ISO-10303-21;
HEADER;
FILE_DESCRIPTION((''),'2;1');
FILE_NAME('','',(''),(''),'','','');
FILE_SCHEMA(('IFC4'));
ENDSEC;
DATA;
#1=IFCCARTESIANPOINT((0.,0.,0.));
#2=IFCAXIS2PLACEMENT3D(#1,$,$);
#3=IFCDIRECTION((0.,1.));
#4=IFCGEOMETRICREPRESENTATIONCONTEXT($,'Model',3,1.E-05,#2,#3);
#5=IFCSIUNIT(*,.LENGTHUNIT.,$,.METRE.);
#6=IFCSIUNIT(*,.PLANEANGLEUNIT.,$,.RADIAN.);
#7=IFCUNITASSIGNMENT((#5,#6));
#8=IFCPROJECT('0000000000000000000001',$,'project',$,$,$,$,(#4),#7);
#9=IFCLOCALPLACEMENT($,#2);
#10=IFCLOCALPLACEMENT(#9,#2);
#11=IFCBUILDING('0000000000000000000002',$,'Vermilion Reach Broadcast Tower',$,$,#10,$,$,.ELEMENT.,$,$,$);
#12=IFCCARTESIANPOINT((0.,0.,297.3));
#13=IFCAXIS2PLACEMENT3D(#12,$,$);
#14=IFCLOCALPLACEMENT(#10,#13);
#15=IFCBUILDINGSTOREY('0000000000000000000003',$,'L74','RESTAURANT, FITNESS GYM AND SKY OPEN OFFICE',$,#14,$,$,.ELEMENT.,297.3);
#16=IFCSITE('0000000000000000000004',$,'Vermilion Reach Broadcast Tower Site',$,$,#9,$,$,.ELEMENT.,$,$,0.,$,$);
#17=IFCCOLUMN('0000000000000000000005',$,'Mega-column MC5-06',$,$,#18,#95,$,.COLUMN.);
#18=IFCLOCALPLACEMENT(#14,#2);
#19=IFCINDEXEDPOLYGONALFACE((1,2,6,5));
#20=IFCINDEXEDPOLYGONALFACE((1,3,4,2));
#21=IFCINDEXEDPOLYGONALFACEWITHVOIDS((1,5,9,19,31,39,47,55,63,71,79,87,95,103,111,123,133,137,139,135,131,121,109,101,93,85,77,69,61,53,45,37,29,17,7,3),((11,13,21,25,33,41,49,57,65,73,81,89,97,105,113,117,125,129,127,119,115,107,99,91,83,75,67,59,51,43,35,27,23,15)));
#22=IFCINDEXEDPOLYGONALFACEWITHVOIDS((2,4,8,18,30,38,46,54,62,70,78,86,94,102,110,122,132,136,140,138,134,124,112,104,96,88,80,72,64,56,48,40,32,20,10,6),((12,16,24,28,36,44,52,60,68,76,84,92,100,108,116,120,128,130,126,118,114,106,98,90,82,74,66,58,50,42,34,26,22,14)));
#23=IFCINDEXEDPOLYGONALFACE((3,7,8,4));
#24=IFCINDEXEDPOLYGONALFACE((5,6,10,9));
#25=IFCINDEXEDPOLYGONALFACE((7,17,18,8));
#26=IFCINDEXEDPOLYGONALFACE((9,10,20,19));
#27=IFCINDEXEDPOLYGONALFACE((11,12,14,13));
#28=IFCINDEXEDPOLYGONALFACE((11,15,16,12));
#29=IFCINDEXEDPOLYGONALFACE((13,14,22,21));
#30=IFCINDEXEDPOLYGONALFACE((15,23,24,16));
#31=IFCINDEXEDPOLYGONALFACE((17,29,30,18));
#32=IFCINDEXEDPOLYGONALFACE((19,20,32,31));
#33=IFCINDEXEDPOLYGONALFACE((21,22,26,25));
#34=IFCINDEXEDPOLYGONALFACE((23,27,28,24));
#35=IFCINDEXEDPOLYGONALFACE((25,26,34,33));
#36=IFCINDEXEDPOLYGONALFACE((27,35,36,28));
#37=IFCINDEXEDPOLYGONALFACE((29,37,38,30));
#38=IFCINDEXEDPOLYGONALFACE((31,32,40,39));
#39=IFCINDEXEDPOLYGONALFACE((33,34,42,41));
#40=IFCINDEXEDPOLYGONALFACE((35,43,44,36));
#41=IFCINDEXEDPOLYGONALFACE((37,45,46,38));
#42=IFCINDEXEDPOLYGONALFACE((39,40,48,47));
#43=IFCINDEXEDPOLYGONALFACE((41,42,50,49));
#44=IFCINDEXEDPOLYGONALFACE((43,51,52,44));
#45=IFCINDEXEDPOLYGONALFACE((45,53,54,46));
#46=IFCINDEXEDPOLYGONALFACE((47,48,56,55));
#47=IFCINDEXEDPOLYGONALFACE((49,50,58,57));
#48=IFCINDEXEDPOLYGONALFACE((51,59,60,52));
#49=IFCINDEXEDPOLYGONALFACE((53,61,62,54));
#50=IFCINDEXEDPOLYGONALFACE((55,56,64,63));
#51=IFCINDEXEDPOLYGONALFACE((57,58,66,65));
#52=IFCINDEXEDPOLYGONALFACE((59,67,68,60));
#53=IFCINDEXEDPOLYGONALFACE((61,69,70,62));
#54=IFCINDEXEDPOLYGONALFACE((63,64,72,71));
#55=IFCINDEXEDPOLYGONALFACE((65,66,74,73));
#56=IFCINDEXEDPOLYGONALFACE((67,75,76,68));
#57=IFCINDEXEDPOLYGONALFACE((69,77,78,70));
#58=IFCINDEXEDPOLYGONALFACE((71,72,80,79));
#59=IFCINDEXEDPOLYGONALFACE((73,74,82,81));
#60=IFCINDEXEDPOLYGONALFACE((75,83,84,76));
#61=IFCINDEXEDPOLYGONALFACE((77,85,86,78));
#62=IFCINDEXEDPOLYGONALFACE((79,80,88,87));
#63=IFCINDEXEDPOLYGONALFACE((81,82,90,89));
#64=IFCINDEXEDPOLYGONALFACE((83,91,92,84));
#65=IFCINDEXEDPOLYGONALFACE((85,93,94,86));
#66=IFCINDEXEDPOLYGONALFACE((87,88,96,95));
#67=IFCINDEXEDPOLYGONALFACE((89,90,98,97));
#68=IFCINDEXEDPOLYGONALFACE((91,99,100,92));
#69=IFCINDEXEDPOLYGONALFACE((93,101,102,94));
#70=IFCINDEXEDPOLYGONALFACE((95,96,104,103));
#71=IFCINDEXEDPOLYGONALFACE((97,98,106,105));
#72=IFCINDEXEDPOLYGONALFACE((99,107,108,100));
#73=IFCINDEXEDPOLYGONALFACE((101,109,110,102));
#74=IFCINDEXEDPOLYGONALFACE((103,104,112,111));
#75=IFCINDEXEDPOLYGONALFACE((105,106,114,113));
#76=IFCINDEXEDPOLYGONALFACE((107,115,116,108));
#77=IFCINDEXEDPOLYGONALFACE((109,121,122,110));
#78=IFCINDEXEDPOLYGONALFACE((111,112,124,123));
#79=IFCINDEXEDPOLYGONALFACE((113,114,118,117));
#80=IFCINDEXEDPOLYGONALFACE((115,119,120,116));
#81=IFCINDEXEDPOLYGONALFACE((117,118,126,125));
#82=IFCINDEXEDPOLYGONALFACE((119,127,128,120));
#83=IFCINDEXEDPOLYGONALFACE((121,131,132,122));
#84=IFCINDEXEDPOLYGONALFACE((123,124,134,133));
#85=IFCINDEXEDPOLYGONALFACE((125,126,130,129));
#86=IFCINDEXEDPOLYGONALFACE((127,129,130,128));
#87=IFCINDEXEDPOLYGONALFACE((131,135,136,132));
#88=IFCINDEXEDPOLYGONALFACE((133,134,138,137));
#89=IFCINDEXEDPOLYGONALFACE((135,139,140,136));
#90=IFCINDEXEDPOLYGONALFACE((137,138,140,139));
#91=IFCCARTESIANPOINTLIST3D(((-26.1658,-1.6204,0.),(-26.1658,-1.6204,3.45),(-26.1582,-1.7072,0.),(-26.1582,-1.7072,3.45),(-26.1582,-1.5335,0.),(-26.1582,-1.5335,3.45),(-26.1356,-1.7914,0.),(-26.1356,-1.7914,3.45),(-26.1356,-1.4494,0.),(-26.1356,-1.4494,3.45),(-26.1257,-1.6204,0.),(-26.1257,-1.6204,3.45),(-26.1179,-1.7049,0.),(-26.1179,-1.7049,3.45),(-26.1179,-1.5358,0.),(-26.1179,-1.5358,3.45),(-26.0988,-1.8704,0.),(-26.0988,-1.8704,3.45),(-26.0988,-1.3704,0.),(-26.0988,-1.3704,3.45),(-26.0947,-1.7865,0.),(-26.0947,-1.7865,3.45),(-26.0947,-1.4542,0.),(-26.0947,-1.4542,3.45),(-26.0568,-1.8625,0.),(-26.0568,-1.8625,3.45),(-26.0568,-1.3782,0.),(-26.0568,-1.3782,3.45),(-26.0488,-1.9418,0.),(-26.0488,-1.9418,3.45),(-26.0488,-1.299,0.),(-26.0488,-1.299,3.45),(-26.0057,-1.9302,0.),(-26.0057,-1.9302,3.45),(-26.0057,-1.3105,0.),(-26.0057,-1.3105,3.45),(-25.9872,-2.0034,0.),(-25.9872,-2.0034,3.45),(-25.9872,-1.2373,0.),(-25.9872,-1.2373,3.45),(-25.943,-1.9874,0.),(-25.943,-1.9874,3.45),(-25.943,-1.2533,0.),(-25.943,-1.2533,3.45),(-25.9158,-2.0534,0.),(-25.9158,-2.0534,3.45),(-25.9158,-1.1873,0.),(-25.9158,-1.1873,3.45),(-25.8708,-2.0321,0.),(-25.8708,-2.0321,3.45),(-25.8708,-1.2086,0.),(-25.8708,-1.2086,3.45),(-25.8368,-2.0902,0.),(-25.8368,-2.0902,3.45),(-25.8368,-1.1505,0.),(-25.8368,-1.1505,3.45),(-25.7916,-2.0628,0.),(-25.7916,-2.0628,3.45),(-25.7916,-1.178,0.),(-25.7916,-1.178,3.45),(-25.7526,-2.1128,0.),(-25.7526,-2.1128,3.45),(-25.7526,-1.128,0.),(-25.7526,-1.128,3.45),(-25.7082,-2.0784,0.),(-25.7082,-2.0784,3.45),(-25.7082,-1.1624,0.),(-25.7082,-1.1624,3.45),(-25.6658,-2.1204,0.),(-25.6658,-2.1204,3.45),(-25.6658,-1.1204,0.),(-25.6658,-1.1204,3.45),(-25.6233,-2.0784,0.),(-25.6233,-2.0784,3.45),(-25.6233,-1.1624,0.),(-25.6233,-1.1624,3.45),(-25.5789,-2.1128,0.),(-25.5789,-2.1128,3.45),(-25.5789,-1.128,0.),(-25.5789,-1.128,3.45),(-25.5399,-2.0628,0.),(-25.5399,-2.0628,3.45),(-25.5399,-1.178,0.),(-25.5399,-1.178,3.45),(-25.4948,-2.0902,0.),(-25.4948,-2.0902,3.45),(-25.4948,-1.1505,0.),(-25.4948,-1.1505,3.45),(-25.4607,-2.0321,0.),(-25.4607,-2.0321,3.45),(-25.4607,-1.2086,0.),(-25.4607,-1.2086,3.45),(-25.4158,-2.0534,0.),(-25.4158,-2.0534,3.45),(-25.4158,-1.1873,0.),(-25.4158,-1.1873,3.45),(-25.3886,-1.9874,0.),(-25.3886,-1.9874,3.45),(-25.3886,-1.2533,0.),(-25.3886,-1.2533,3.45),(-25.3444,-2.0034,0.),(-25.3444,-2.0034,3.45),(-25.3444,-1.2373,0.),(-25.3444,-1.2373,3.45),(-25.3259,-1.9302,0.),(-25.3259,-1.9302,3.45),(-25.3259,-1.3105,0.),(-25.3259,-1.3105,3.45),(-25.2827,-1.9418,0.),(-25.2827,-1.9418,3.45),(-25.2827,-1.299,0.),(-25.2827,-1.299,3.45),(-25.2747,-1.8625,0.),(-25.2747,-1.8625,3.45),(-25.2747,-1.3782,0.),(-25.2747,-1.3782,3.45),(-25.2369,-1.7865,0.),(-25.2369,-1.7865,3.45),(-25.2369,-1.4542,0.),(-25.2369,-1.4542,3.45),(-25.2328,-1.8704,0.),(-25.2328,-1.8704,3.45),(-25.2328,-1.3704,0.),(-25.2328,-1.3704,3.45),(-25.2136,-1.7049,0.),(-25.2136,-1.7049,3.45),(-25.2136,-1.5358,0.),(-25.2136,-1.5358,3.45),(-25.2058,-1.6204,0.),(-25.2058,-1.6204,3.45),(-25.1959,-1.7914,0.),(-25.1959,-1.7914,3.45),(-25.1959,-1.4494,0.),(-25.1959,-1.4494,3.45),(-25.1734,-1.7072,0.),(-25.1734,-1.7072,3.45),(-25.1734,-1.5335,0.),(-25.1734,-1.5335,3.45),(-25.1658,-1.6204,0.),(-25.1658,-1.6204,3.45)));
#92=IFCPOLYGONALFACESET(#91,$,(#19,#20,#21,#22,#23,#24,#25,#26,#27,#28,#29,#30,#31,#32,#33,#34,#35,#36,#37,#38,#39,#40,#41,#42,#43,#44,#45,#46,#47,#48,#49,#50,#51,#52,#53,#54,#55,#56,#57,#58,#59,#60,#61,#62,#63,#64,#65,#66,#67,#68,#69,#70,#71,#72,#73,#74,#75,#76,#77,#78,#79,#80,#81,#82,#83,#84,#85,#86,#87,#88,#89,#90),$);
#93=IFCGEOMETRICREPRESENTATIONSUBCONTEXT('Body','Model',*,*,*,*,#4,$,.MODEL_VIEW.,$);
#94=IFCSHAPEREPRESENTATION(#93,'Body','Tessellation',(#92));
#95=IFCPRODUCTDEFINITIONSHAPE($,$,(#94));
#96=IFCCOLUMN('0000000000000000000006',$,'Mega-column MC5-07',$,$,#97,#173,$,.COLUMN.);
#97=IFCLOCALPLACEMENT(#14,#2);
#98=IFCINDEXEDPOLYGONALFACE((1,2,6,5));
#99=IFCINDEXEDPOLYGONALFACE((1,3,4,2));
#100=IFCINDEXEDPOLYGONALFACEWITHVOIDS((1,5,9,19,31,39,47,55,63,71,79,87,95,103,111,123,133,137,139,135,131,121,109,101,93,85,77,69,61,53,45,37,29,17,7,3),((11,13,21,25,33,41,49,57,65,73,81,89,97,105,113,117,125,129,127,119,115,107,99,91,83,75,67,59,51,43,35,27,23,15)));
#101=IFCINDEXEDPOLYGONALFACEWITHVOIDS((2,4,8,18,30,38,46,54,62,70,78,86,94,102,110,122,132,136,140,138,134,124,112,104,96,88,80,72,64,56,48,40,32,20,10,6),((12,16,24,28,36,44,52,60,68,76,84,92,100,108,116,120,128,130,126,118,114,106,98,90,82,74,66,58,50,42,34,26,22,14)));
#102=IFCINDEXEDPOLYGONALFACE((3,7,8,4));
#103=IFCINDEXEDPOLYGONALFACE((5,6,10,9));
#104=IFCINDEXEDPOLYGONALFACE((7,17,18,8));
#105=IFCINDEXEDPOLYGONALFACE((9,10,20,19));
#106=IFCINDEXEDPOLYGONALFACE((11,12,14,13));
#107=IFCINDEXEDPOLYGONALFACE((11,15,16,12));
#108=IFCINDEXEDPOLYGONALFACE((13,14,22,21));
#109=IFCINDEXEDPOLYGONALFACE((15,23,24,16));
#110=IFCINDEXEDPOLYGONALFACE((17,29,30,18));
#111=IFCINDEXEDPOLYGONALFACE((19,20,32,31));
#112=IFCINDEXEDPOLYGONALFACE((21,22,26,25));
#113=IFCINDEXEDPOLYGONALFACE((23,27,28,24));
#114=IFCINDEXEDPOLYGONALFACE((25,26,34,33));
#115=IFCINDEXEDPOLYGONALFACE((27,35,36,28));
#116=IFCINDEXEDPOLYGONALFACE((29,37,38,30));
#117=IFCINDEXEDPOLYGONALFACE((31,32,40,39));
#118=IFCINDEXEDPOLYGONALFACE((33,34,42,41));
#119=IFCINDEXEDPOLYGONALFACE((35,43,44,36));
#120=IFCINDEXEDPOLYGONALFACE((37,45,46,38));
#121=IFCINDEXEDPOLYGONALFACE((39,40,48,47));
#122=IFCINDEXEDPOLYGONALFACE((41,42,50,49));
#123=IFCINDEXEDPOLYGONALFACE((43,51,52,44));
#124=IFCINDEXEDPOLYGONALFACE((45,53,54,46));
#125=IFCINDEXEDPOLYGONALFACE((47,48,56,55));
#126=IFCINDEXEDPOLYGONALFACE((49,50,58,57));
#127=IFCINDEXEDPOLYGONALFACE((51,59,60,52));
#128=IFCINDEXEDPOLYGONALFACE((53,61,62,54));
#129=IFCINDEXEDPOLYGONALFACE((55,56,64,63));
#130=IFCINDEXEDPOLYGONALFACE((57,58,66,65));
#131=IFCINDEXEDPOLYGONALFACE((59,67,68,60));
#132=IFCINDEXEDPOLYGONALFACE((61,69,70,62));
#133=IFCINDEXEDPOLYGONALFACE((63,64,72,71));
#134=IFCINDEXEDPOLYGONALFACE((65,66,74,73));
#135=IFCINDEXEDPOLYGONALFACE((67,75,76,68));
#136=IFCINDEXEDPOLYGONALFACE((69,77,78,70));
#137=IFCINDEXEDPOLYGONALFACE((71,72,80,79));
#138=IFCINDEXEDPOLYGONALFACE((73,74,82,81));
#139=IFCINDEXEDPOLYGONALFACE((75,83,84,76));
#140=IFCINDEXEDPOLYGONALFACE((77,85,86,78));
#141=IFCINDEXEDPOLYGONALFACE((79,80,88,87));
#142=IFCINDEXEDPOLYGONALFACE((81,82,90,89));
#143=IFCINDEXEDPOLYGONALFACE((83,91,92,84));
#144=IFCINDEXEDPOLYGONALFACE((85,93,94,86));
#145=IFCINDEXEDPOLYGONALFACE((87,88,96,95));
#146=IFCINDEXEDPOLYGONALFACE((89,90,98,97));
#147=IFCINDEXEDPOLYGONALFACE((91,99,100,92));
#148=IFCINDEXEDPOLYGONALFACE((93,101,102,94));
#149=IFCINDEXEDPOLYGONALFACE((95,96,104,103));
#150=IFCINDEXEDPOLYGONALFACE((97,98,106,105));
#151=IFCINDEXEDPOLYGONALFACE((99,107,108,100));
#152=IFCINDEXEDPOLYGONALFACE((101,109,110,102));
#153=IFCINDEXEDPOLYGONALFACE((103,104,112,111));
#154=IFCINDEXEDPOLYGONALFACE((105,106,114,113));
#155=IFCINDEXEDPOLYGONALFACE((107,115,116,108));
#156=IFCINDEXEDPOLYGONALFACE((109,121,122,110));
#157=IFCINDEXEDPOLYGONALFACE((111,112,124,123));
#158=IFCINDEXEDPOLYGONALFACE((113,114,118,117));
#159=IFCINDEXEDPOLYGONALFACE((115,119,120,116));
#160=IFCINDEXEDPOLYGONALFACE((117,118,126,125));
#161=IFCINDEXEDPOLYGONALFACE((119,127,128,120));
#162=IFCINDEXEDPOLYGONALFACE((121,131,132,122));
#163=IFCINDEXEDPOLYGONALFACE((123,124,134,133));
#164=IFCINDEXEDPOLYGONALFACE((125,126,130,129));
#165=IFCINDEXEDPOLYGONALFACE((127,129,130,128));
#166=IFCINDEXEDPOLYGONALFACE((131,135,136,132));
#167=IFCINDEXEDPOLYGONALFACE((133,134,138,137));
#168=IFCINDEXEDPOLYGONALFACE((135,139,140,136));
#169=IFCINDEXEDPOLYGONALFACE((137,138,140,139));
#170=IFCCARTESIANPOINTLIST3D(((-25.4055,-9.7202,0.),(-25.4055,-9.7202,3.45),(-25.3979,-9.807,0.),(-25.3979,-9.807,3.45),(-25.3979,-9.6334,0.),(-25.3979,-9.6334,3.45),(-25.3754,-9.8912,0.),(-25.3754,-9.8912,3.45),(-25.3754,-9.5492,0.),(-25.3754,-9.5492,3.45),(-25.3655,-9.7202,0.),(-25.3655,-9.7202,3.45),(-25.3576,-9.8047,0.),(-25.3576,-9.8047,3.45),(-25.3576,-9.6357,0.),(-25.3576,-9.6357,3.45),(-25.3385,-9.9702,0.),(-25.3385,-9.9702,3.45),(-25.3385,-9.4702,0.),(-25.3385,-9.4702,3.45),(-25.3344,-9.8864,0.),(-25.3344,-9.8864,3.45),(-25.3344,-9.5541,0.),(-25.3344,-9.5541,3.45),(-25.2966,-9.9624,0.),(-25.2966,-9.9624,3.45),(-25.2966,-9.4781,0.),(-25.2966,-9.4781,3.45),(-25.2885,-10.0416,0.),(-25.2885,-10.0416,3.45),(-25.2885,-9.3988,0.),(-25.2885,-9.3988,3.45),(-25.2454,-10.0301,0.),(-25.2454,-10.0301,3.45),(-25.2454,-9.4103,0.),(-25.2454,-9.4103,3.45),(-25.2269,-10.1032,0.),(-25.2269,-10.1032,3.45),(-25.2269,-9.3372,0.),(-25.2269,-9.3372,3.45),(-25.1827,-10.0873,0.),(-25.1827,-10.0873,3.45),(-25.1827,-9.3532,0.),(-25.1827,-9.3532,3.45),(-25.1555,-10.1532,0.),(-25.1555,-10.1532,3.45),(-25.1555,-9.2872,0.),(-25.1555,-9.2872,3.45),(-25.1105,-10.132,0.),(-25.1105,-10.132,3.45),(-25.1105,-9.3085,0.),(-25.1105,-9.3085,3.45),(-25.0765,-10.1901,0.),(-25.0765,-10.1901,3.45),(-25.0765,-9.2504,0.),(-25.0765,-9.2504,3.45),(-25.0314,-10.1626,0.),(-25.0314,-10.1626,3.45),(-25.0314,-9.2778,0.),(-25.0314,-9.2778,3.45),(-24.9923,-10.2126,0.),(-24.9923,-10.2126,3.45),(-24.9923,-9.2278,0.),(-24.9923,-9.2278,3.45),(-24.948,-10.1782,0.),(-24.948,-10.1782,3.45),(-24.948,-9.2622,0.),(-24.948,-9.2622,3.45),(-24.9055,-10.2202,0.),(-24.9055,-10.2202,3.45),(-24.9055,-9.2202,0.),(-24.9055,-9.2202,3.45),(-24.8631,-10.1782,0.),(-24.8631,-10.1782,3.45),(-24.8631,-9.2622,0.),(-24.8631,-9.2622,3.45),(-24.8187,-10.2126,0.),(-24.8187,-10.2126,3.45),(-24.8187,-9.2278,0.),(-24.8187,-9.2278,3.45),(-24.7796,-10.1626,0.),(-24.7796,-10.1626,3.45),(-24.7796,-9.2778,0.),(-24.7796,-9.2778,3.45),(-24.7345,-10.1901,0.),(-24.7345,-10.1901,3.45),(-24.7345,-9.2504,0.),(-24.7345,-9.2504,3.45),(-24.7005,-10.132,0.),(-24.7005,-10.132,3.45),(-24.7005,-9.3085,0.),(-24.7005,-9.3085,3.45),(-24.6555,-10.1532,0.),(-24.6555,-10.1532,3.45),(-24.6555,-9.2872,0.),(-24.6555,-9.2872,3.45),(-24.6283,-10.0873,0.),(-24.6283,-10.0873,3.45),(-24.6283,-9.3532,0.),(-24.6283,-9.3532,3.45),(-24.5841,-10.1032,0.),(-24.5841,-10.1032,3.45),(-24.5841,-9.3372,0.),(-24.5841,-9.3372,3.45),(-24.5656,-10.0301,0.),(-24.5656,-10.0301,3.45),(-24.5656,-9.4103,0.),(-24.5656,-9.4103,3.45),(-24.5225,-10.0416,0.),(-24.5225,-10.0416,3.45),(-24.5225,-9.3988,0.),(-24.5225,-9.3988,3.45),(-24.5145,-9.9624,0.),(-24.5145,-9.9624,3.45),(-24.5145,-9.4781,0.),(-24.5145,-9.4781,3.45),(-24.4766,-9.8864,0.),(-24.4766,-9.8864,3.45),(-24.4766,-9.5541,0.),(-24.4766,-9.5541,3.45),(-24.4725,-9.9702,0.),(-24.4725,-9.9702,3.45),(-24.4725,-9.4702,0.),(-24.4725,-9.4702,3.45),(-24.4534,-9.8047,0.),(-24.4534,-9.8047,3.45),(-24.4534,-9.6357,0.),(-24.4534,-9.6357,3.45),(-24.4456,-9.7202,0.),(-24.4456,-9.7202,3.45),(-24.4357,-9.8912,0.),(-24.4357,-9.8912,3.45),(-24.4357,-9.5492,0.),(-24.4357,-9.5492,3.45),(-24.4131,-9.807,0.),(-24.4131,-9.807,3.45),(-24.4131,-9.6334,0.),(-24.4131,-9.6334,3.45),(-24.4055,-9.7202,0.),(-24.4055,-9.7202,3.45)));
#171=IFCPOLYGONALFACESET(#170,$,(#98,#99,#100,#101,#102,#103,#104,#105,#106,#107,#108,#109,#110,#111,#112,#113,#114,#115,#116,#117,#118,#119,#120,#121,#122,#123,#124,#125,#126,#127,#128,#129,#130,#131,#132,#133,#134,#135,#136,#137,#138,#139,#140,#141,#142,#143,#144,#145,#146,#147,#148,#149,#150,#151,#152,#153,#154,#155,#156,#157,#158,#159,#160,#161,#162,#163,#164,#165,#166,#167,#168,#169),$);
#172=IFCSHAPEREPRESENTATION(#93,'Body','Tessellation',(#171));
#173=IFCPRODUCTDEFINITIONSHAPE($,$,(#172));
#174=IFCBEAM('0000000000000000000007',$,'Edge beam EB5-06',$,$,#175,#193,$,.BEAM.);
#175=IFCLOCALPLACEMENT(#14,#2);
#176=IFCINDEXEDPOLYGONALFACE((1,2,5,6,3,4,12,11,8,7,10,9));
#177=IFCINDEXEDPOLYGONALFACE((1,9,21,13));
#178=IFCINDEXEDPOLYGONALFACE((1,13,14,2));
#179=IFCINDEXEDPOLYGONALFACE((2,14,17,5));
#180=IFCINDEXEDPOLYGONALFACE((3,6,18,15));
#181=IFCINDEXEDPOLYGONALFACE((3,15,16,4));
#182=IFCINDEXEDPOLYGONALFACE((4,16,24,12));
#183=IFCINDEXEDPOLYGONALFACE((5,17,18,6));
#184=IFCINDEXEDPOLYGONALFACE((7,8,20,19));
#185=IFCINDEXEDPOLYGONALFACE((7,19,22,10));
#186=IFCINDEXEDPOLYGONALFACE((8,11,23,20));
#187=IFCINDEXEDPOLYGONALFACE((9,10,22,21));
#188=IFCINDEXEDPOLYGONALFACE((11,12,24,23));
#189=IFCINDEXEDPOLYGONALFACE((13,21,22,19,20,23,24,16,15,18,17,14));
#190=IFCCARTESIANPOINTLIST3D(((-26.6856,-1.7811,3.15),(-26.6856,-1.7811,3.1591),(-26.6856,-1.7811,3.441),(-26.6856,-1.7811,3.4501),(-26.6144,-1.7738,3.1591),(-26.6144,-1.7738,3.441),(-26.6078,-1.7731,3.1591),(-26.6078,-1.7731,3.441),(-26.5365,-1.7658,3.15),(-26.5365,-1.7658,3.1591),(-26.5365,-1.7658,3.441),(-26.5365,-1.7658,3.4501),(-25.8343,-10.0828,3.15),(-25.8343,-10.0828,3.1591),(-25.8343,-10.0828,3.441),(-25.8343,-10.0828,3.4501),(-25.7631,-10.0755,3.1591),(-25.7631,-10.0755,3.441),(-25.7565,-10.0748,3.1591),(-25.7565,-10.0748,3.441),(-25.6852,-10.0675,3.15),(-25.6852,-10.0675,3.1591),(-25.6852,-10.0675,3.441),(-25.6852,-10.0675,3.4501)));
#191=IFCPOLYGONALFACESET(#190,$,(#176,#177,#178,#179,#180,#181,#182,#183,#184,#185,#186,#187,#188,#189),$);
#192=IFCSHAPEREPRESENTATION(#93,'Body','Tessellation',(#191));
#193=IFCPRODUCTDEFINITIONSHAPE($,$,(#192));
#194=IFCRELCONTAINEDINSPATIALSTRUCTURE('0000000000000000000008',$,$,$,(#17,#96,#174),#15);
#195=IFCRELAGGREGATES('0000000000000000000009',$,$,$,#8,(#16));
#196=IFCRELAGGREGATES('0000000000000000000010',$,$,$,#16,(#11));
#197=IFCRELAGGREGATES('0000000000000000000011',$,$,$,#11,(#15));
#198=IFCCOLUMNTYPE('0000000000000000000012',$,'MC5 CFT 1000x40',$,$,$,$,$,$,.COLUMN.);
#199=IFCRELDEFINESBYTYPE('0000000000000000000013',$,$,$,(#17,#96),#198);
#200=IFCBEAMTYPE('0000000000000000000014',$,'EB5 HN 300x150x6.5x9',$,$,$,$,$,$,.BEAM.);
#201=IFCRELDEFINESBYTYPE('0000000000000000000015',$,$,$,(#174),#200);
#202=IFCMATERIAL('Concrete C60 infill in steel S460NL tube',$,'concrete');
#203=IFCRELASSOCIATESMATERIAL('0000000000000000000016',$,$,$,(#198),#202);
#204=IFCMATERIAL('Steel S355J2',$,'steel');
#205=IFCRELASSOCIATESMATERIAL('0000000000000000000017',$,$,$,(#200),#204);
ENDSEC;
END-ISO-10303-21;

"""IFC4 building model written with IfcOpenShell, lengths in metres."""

from ifc_helpers import new_model, si_unit, direction, frame, origin, origin_2d, place, context, subcontext, project, spatial, hollow_circle, i_section, extrude, material, material_profile, profile_set, type_object, element, save


model = new_model("IFC4")

# Units and contexts
model_context = context("Model", 3, precision=1e-05, world=origin(), true_north=direction((0.0, 1.0)))
body_context = subcontext(model_context, "Body", "Model", "MODEL_VIEW")
ifc_project = project(units=[si_unit("LENGTHUNIT", "METRE"), si_unit("PLANEANGLEUNIT", "RADIAN")], contexts=[model_context])

# Site, building, storey
site_placement = place(None, origin())
site = spatial("IfcSite", under=ifc_project, at=site_placement, Name="Vermilion Reach Broadcast Tower Site", CompositionType="ELEMENT", RefElevation=0.0)
building_placement = place(site_placement, origin())
building = spatial("IfcBuilding", under=site, at=building_placement, Name="Vermilion Reach Broadcast Tower", CompositionType="ELEMENT")
storey_placement = place(building_placement, frame((0.0, 0.0, 297.3)))
storey = spatial("IfcBuildingStorey", under=building, at=storey_placement, Name="L74", Description="RESTAURANT, FITNESS GYM AND SKY OPEN OFFICE", CompositionType="ELEMENT", Elevation=297.3)

# Columns
ifc_material_1 = material(Name="Concrete C60 infill in steel S460NL tube", Category="concrete")
ifc_material_profile_1 = material_profile(ifc_material_1, hollow_circle(Radius=0.5, WallThickness=0.04, at=origin_2d()), Name="Concrete C60 infill in steel S460NL tube CFT 1000x40")
ifc_profile_set_1 = profile_set([ifc_material_profile_1], Name="Concrete C60 infill in steel S460NL tube")
column_type = type_object("IfcColumnType", Name="MC5 CFT 1000x40", PredefinedType="COLUMN", material=ifc_profile_set_1)
for number, where, z_axis, x_axis, name in (
    (1, (-25.6658, -1.6204, 0.0), (0.0, 0.0, 1.0), (1.0, 0.0, 0.0), "Mega-column MC5-06"),
    (2, (-24.9055, -9.7202, 0.0), (0.0, 0.0, 1.0), (1.0, 0.0, 0.0), "Mega-column MC5-07"),
):
    element("IfcColumn", number, at=place(storey_placement, frame(where, z_axis=z_axis, x_axis=x_axis)), inside=storey, type_object=column_type, Name=name, PredefinedType="COLUMN", context=body_context, shape_type="SweptSolid", body=[
        extrude(hollow_circle(Radius=0.5, WallThickness=0.04, at=origin_2d()), origin(), (0.0, 0.0, 1.0), 3.45),
    ])

# Beam
ifc_material_2 = material(Name="Steel S355J2", Category="steel")
ifc_material_profile_2 = material_profile(ifc_material_2, i_section(OverallWidth=0.1499, OverallDepth=0.3, WebThickness=0.0066, FlangeThickness=0.009, at=origin_2d()), Name="S355J2 HN 300x150x6.5x9")
ifc_profile_set_2 = profile_set([ifc_material_profile_2], Name="Steel S355J2")
beam_type_1 = type_object("IfcBeamType", Name="EB5 HN 300x150x6.5x9", PredefinedType="BEAM", material=ifc_profile_set_2)
beam_1_placement = place(storey_placement, frame((-26.6111, -1.7734, 3.3), z_axis=(0.102012, -0.994783, 0.0), x_axis=(0.994783, 0.102012, 0.0)))
element("IfcBeam", 3, at=beam_1_placement, inside=storey, type_object=beam_type_1, Name="Edge beam EB5-06", PredefinedType="BEAM", context=body_context, shape_type="SweptSolid", body=[
    extrude(i_section(OverallWidth=0.1499, OverallDepth=0.3, WebThickness=0.0066, FlangeThickness=0.009, at=origin_2d()), origin(), (0.0, 0.0, 1.0), 8.3452),
])

save(model, "model.ifc")
